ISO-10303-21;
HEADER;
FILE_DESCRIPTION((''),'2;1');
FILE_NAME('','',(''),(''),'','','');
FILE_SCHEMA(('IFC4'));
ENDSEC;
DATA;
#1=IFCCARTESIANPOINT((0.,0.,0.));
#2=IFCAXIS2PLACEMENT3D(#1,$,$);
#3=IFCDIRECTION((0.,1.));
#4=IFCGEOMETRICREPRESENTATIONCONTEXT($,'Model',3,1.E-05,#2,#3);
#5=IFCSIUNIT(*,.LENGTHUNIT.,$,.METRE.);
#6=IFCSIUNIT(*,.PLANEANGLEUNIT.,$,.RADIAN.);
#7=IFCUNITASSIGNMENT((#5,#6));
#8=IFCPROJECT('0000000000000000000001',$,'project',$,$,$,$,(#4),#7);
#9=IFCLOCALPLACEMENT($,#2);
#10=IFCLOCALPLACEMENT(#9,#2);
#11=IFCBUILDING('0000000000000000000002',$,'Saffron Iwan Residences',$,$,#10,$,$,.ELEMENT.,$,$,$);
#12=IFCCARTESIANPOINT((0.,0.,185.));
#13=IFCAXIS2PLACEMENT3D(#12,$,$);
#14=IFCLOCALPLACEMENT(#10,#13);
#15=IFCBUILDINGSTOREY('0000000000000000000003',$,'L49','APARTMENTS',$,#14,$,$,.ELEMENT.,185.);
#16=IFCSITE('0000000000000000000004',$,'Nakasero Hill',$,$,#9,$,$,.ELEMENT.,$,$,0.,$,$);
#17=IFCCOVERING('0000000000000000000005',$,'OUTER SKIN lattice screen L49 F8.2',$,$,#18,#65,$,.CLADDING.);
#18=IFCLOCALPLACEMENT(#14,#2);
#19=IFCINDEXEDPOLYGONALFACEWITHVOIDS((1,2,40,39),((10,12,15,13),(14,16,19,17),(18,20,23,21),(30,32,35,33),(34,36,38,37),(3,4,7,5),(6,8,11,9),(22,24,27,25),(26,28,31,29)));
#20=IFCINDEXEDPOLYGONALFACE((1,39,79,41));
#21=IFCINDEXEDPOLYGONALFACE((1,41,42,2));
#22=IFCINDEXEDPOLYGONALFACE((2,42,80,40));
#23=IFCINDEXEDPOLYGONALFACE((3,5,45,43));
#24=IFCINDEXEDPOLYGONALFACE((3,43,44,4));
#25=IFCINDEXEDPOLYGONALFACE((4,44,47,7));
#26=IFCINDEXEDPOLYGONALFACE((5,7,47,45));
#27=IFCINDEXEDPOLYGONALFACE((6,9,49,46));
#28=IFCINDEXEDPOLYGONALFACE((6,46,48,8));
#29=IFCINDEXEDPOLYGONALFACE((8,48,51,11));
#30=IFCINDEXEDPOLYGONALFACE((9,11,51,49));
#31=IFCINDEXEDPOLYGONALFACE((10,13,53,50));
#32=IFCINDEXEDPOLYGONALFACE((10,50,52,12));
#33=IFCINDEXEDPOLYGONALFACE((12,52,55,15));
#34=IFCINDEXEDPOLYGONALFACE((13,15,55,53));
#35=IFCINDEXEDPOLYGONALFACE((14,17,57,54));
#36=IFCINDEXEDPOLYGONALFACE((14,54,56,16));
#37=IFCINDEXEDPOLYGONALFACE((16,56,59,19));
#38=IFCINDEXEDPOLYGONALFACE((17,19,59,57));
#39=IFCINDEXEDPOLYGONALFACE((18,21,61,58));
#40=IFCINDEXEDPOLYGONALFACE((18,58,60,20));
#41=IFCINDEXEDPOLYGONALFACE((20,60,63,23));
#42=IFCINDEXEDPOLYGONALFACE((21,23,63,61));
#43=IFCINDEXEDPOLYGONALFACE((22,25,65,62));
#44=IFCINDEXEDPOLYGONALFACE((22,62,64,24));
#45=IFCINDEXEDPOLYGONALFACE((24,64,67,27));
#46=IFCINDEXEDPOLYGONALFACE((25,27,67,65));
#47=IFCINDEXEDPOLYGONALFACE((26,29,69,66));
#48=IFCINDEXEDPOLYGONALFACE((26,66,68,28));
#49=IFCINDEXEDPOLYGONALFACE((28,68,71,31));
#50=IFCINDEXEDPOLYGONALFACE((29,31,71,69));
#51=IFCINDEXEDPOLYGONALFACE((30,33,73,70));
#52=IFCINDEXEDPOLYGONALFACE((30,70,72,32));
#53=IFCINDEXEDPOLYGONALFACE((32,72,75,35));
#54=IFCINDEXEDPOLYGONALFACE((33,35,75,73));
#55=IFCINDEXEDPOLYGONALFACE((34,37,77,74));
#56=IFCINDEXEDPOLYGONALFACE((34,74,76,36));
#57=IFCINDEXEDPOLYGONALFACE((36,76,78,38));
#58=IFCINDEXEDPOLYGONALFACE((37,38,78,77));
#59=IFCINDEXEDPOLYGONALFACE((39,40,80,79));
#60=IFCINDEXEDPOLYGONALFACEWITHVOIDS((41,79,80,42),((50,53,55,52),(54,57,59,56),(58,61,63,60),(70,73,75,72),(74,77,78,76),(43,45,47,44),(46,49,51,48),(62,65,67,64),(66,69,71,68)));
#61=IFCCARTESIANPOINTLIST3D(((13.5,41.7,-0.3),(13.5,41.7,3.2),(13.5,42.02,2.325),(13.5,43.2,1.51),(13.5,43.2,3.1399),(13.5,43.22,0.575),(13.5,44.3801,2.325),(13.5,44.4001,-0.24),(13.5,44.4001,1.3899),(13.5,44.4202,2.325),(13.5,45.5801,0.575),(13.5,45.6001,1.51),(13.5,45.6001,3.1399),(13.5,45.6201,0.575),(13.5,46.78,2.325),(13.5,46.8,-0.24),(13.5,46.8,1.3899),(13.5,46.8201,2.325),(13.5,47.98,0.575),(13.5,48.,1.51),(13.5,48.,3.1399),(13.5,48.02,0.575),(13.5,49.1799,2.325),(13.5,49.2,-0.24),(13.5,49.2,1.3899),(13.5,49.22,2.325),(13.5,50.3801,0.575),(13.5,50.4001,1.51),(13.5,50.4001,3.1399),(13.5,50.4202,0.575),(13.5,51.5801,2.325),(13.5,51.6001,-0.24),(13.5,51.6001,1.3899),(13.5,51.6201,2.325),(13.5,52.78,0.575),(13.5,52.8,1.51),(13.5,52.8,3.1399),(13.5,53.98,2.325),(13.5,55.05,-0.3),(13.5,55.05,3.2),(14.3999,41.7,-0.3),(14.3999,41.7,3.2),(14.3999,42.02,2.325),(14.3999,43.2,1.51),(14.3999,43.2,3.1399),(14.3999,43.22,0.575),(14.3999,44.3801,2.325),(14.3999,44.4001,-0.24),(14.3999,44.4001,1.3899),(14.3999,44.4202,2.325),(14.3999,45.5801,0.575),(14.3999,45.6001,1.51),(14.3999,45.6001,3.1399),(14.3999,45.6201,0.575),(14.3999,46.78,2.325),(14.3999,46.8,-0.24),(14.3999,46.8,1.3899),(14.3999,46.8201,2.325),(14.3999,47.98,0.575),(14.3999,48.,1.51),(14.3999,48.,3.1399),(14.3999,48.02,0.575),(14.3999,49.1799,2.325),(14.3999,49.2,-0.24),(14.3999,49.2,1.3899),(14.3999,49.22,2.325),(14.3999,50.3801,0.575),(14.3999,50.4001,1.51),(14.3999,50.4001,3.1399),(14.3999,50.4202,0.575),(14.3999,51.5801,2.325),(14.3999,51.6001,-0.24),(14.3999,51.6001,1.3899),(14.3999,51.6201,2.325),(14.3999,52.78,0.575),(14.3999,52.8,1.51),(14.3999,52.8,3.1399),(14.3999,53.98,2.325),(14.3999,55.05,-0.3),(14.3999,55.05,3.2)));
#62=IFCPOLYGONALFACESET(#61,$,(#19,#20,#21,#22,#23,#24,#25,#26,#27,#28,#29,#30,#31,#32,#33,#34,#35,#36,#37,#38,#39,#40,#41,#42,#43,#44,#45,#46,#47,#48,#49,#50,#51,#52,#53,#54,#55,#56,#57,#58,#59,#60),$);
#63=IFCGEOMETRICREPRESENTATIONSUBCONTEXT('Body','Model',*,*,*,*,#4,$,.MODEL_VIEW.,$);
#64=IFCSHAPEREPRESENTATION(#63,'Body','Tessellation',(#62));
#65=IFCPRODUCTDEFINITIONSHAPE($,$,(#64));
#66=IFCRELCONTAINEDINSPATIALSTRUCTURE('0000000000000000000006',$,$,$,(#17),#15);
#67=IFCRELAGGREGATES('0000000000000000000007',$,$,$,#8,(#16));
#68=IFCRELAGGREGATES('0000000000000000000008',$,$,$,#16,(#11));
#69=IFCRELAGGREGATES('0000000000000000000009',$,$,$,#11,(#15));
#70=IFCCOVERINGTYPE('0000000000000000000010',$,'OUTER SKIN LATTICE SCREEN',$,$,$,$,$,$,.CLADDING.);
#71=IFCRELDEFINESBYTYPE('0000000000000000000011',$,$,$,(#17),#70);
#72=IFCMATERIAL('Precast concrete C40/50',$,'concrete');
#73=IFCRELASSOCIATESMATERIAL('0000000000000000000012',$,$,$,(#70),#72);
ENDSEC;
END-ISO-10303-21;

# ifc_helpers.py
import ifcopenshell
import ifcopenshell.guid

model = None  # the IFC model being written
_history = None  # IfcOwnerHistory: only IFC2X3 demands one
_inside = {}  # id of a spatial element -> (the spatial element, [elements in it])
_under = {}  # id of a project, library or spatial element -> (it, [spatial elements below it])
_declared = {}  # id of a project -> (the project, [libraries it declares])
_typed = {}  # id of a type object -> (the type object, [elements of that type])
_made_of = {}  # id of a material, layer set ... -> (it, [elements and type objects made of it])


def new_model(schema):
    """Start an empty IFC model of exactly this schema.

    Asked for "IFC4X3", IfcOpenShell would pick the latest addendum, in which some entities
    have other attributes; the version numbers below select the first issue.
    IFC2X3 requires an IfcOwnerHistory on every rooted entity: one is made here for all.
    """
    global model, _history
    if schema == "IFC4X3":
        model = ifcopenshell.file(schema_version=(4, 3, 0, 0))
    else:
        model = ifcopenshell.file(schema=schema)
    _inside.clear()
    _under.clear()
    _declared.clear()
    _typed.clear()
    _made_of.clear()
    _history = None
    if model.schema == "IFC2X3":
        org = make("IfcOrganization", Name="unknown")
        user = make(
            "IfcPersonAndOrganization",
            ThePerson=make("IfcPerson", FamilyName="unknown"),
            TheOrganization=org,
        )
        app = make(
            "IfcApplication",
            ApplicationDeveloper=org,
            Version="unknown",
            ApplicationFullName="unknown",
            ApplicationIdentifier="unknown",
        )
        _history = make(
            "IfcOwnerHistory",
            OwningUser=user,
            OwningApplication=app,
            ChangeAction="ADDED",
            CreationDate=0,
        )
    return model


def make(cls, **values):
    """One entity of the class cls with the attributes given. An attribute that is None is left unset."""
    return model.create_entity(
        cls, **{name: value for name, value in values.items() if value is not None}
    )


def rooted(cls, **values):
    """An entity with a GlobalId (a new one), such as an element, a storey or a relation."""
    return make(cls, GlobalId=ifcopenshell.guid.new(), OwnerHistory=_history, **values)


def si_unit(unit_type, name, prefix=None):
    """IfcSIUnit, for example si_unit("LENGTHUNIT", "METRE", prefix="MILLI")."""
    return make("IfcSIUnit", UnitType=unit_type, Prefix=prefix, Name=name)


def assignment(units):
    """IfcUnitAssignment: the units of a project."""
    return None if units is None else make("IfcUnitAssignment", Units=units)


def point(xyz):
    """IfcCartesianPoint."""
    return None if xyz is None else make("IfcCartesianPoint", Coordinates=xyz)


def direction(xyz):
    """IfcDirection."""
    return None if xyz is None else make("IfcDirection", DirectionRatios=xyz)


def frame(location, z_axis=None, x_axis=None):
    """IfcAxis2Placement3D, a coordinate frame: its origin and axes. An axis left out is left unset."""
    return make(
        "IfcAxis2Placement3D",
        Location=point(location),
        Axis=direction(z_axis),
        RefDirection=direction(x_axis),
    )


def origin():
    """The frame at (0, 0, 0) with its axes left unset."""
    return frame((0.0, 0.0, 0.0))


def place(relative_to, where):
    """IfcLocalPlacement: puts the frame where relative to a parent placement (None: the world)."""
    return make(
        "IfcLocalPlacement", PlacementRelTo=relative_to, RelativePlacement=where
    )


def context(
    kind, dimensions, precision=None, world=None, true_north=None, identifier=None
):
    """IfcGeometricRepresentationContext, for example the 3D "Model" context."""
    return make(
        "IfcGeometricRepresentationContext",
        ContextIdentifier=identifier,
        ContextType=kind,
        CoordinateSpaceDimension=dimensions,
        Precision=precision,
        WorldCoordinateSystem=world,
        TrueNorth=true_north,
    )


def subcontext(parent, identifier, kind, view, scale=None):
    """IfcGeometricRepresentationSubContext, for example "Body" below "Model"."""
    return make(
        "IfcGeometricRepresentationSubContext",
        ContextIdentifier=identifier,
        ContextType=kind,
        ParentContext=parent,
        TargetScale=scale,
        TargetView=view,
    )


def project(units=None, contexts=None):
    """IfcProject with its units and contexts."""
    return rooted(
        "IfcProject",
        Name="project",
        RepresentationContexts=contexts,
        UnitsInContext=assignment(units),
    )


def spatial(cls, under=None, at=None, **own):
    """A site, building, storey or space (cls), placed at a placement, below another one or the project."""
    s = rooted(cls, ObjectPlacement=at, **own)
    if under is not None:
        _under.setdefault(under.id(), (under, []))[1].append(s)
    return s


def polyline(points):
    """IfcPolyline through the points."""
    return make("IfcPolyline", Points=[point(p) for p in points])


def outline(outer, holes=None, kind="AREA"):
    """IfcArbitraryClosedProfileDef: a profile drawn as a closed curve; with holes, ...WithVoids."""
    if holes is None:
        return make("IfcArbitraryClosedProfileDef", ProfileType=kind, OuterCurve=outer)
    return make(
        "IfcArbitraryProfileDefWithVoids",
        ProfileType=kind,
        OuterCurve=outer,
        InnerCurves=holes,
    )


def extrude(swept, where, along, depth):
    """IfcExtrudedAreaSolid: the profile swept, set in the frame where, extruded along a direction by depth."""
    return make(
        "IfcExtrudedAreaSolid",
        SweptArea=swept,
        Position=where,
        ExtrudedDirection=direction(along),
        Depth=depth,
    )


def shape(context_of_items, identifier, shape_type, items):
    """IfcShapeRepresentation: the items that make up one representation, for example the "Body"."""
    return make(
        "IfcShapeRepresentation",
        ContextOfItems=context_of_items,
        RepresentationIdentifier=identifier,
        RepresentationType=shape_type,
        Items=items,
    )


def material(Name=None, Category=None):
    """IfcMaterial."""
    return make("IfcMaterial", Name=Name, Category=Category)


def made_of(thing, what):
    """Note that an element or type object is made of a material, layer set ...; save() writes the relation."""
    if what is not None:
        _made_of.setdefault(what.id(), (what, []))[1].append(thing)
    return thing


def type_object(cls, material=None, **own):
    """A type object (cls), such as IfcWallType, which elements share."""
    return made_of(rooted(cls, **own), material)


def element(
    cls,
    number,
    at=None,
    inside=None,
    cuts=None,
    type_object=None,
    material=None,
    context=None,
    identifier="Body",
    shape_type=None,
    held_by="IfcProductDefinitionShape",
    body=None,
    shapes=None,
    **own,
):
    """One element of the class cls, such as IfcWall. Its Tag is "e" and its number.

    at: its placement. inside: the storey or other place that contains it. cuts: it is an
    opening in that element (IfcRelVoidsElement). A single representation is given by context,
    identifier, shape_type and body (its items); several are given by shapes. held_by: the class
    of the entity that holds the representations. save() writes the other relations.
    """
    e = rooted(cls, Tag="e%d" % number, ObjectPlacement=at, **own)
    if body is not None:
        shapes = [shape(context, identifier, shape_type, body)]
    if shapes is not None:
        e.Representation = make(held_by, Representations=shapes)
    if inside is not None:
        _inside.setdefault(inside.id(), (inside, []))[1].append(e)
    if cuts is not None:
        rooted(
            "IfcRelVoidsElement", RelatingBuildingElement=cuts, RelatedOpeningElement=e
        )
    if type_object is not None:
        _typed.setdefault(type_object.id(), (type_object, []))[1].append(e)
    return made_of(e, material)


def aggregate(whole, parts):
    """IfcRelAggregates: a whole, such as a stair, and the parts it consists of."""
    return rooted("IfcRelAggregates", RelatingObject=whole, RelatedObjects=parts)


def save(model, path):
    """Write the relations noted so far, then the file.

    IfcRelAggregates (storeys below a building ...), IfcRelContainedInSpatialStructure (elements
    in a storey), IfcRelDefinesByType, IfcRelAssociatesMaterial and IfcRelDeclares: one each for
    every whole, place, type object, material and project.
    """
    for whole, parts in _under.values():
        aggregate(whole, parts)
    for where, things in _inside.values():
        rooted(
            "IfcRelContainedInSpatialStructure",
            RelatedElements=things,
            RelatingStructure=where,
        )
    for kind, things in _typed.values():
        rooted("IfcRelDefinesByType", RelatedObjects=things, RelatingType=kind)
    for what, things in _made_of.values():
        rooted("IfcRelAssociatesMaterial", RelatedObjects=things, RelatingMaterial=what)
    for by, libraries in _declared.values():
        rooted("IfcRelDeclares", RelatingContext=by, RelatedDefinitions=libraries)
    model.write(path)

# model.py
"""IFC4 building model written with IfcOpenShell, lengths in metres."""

from ifc_helpers import new_model, si_unit, direction, frame, origin, place, context, subcontext, project, spatial, polyline, outline, extrude, material, type_object, element, save


model = new_model("IFC4")

# Units and contexts
model_context = context("Model", 3, precision=1e-05, world=origin(), true_north=direction((0.0, 1.0)))
body_context = subcontext(model_context, "Body", "Model", "MODEL_VIEW")
ifc_project = project(units=[si_unit("LENGTHUNIT", "METRE"), si_unit("PLANEANGLEUNIT", "RADIAN")], contexts=[model_context])

# Site, building, storey
site_placement = place(None, origin())
site = spatial("IfcSite", under=ifc_project, at=site_placement, Name="Nakasero Hill", CompositionType="ELEMENT", RefElevation=0.0)
building_placement = place(site_placement, origin())
building = spatial("IfcBuilding", under=site, at=building_placement, Name="Saffron Iwan Residences", CompositionType="ELEMENT")
storey_placement = place(building_placement, frame((0.0, 0.0, 185.0)))
storey = spatial("IfcBuildingStorey", under=building, at=storey_placement, Name="L49", Description="APARTMENTS", CompositionType="ELEMENT", Elevation=185.0)

# Covering
ifc_material_1 = material(Name="Precast concrete C40/50", Category="concrete")
covering_type = type_object("IfcCoveringType", Name="OUTER SKIN LATTICE SCREEN", PredefinedType="CLADDING", material=ifc_material_1)
covering_placement = place(storey_placement, frame((14.3999, 55.05, -0.3), z_axis=(-1.0, 0.0, 0.0), x_axis=(0.0, -1.0, 0.0)))
element("IfcCovering", 1, at=covering_placement, inside=storey, type_object=covering_type, Name="OUTER SKIN lattice screen L49 F8.2", PredefinedType="CLADDING", context=body_context, shape_type="SweptSolid", body=[
    extrude(outline(polyline([(0.0, 0.0), (13.3501, 0.0), (13.3501, 3.5), (0.0, 3.5), (0.0, 0.0)]), holes=[polyline([(2.27, 0.875), (3.45, 0.0601), (4.6299, 0.875), (3.45, 1.6899), (2.27, 0.875)]), polyline([(4.6699, 0.875), (5.8501, 0.0601), (7.03, 0.875), (5.8501, 1.6899), (4.6699, 0.875)]), polyline([(7.0701, 0.875), (8.25, 0.0601), (9.4299, 0.875), (8.25, 1.6899), (7.0701, 0.875)]), polyline([(9.47, 0.875), (10.6499, 0.0601), (11.8301, 0.875), (10.6499, 1.6899), (9.47, 0.875)]), polyline([(1.0701, 2.625), (2.25, 1.8101), (3.4299, 2.625), (2.25, 3.4399), (1.0701, 2.625)]), polyline([(3.47, 2.625), (4.6499, 1.8101), (5.8301, 2.625), (4.6499, 3.4399), (3.47, 2.625)]), polyline([(5.8701, 2.625), (7.05, 1.8101), (8.23, 2.625), (7.05, 3.4399), (5.8701, 2.625)]), polyline([(8.27, 2.625), (9.45, 1.8101), (10.6299, 2.625), (9.45, 3.4399), (8.27, 2.625)]), polyline([(10.6699, 2.625), (11.8501, 1.8101), (13.03, 2.625), (11.8501, 3.4399), (10.6699, 2.625)])]), origin(), (0.0, 0.0, 1.0), 0.8999),
])

save(model, "model.ifc")
